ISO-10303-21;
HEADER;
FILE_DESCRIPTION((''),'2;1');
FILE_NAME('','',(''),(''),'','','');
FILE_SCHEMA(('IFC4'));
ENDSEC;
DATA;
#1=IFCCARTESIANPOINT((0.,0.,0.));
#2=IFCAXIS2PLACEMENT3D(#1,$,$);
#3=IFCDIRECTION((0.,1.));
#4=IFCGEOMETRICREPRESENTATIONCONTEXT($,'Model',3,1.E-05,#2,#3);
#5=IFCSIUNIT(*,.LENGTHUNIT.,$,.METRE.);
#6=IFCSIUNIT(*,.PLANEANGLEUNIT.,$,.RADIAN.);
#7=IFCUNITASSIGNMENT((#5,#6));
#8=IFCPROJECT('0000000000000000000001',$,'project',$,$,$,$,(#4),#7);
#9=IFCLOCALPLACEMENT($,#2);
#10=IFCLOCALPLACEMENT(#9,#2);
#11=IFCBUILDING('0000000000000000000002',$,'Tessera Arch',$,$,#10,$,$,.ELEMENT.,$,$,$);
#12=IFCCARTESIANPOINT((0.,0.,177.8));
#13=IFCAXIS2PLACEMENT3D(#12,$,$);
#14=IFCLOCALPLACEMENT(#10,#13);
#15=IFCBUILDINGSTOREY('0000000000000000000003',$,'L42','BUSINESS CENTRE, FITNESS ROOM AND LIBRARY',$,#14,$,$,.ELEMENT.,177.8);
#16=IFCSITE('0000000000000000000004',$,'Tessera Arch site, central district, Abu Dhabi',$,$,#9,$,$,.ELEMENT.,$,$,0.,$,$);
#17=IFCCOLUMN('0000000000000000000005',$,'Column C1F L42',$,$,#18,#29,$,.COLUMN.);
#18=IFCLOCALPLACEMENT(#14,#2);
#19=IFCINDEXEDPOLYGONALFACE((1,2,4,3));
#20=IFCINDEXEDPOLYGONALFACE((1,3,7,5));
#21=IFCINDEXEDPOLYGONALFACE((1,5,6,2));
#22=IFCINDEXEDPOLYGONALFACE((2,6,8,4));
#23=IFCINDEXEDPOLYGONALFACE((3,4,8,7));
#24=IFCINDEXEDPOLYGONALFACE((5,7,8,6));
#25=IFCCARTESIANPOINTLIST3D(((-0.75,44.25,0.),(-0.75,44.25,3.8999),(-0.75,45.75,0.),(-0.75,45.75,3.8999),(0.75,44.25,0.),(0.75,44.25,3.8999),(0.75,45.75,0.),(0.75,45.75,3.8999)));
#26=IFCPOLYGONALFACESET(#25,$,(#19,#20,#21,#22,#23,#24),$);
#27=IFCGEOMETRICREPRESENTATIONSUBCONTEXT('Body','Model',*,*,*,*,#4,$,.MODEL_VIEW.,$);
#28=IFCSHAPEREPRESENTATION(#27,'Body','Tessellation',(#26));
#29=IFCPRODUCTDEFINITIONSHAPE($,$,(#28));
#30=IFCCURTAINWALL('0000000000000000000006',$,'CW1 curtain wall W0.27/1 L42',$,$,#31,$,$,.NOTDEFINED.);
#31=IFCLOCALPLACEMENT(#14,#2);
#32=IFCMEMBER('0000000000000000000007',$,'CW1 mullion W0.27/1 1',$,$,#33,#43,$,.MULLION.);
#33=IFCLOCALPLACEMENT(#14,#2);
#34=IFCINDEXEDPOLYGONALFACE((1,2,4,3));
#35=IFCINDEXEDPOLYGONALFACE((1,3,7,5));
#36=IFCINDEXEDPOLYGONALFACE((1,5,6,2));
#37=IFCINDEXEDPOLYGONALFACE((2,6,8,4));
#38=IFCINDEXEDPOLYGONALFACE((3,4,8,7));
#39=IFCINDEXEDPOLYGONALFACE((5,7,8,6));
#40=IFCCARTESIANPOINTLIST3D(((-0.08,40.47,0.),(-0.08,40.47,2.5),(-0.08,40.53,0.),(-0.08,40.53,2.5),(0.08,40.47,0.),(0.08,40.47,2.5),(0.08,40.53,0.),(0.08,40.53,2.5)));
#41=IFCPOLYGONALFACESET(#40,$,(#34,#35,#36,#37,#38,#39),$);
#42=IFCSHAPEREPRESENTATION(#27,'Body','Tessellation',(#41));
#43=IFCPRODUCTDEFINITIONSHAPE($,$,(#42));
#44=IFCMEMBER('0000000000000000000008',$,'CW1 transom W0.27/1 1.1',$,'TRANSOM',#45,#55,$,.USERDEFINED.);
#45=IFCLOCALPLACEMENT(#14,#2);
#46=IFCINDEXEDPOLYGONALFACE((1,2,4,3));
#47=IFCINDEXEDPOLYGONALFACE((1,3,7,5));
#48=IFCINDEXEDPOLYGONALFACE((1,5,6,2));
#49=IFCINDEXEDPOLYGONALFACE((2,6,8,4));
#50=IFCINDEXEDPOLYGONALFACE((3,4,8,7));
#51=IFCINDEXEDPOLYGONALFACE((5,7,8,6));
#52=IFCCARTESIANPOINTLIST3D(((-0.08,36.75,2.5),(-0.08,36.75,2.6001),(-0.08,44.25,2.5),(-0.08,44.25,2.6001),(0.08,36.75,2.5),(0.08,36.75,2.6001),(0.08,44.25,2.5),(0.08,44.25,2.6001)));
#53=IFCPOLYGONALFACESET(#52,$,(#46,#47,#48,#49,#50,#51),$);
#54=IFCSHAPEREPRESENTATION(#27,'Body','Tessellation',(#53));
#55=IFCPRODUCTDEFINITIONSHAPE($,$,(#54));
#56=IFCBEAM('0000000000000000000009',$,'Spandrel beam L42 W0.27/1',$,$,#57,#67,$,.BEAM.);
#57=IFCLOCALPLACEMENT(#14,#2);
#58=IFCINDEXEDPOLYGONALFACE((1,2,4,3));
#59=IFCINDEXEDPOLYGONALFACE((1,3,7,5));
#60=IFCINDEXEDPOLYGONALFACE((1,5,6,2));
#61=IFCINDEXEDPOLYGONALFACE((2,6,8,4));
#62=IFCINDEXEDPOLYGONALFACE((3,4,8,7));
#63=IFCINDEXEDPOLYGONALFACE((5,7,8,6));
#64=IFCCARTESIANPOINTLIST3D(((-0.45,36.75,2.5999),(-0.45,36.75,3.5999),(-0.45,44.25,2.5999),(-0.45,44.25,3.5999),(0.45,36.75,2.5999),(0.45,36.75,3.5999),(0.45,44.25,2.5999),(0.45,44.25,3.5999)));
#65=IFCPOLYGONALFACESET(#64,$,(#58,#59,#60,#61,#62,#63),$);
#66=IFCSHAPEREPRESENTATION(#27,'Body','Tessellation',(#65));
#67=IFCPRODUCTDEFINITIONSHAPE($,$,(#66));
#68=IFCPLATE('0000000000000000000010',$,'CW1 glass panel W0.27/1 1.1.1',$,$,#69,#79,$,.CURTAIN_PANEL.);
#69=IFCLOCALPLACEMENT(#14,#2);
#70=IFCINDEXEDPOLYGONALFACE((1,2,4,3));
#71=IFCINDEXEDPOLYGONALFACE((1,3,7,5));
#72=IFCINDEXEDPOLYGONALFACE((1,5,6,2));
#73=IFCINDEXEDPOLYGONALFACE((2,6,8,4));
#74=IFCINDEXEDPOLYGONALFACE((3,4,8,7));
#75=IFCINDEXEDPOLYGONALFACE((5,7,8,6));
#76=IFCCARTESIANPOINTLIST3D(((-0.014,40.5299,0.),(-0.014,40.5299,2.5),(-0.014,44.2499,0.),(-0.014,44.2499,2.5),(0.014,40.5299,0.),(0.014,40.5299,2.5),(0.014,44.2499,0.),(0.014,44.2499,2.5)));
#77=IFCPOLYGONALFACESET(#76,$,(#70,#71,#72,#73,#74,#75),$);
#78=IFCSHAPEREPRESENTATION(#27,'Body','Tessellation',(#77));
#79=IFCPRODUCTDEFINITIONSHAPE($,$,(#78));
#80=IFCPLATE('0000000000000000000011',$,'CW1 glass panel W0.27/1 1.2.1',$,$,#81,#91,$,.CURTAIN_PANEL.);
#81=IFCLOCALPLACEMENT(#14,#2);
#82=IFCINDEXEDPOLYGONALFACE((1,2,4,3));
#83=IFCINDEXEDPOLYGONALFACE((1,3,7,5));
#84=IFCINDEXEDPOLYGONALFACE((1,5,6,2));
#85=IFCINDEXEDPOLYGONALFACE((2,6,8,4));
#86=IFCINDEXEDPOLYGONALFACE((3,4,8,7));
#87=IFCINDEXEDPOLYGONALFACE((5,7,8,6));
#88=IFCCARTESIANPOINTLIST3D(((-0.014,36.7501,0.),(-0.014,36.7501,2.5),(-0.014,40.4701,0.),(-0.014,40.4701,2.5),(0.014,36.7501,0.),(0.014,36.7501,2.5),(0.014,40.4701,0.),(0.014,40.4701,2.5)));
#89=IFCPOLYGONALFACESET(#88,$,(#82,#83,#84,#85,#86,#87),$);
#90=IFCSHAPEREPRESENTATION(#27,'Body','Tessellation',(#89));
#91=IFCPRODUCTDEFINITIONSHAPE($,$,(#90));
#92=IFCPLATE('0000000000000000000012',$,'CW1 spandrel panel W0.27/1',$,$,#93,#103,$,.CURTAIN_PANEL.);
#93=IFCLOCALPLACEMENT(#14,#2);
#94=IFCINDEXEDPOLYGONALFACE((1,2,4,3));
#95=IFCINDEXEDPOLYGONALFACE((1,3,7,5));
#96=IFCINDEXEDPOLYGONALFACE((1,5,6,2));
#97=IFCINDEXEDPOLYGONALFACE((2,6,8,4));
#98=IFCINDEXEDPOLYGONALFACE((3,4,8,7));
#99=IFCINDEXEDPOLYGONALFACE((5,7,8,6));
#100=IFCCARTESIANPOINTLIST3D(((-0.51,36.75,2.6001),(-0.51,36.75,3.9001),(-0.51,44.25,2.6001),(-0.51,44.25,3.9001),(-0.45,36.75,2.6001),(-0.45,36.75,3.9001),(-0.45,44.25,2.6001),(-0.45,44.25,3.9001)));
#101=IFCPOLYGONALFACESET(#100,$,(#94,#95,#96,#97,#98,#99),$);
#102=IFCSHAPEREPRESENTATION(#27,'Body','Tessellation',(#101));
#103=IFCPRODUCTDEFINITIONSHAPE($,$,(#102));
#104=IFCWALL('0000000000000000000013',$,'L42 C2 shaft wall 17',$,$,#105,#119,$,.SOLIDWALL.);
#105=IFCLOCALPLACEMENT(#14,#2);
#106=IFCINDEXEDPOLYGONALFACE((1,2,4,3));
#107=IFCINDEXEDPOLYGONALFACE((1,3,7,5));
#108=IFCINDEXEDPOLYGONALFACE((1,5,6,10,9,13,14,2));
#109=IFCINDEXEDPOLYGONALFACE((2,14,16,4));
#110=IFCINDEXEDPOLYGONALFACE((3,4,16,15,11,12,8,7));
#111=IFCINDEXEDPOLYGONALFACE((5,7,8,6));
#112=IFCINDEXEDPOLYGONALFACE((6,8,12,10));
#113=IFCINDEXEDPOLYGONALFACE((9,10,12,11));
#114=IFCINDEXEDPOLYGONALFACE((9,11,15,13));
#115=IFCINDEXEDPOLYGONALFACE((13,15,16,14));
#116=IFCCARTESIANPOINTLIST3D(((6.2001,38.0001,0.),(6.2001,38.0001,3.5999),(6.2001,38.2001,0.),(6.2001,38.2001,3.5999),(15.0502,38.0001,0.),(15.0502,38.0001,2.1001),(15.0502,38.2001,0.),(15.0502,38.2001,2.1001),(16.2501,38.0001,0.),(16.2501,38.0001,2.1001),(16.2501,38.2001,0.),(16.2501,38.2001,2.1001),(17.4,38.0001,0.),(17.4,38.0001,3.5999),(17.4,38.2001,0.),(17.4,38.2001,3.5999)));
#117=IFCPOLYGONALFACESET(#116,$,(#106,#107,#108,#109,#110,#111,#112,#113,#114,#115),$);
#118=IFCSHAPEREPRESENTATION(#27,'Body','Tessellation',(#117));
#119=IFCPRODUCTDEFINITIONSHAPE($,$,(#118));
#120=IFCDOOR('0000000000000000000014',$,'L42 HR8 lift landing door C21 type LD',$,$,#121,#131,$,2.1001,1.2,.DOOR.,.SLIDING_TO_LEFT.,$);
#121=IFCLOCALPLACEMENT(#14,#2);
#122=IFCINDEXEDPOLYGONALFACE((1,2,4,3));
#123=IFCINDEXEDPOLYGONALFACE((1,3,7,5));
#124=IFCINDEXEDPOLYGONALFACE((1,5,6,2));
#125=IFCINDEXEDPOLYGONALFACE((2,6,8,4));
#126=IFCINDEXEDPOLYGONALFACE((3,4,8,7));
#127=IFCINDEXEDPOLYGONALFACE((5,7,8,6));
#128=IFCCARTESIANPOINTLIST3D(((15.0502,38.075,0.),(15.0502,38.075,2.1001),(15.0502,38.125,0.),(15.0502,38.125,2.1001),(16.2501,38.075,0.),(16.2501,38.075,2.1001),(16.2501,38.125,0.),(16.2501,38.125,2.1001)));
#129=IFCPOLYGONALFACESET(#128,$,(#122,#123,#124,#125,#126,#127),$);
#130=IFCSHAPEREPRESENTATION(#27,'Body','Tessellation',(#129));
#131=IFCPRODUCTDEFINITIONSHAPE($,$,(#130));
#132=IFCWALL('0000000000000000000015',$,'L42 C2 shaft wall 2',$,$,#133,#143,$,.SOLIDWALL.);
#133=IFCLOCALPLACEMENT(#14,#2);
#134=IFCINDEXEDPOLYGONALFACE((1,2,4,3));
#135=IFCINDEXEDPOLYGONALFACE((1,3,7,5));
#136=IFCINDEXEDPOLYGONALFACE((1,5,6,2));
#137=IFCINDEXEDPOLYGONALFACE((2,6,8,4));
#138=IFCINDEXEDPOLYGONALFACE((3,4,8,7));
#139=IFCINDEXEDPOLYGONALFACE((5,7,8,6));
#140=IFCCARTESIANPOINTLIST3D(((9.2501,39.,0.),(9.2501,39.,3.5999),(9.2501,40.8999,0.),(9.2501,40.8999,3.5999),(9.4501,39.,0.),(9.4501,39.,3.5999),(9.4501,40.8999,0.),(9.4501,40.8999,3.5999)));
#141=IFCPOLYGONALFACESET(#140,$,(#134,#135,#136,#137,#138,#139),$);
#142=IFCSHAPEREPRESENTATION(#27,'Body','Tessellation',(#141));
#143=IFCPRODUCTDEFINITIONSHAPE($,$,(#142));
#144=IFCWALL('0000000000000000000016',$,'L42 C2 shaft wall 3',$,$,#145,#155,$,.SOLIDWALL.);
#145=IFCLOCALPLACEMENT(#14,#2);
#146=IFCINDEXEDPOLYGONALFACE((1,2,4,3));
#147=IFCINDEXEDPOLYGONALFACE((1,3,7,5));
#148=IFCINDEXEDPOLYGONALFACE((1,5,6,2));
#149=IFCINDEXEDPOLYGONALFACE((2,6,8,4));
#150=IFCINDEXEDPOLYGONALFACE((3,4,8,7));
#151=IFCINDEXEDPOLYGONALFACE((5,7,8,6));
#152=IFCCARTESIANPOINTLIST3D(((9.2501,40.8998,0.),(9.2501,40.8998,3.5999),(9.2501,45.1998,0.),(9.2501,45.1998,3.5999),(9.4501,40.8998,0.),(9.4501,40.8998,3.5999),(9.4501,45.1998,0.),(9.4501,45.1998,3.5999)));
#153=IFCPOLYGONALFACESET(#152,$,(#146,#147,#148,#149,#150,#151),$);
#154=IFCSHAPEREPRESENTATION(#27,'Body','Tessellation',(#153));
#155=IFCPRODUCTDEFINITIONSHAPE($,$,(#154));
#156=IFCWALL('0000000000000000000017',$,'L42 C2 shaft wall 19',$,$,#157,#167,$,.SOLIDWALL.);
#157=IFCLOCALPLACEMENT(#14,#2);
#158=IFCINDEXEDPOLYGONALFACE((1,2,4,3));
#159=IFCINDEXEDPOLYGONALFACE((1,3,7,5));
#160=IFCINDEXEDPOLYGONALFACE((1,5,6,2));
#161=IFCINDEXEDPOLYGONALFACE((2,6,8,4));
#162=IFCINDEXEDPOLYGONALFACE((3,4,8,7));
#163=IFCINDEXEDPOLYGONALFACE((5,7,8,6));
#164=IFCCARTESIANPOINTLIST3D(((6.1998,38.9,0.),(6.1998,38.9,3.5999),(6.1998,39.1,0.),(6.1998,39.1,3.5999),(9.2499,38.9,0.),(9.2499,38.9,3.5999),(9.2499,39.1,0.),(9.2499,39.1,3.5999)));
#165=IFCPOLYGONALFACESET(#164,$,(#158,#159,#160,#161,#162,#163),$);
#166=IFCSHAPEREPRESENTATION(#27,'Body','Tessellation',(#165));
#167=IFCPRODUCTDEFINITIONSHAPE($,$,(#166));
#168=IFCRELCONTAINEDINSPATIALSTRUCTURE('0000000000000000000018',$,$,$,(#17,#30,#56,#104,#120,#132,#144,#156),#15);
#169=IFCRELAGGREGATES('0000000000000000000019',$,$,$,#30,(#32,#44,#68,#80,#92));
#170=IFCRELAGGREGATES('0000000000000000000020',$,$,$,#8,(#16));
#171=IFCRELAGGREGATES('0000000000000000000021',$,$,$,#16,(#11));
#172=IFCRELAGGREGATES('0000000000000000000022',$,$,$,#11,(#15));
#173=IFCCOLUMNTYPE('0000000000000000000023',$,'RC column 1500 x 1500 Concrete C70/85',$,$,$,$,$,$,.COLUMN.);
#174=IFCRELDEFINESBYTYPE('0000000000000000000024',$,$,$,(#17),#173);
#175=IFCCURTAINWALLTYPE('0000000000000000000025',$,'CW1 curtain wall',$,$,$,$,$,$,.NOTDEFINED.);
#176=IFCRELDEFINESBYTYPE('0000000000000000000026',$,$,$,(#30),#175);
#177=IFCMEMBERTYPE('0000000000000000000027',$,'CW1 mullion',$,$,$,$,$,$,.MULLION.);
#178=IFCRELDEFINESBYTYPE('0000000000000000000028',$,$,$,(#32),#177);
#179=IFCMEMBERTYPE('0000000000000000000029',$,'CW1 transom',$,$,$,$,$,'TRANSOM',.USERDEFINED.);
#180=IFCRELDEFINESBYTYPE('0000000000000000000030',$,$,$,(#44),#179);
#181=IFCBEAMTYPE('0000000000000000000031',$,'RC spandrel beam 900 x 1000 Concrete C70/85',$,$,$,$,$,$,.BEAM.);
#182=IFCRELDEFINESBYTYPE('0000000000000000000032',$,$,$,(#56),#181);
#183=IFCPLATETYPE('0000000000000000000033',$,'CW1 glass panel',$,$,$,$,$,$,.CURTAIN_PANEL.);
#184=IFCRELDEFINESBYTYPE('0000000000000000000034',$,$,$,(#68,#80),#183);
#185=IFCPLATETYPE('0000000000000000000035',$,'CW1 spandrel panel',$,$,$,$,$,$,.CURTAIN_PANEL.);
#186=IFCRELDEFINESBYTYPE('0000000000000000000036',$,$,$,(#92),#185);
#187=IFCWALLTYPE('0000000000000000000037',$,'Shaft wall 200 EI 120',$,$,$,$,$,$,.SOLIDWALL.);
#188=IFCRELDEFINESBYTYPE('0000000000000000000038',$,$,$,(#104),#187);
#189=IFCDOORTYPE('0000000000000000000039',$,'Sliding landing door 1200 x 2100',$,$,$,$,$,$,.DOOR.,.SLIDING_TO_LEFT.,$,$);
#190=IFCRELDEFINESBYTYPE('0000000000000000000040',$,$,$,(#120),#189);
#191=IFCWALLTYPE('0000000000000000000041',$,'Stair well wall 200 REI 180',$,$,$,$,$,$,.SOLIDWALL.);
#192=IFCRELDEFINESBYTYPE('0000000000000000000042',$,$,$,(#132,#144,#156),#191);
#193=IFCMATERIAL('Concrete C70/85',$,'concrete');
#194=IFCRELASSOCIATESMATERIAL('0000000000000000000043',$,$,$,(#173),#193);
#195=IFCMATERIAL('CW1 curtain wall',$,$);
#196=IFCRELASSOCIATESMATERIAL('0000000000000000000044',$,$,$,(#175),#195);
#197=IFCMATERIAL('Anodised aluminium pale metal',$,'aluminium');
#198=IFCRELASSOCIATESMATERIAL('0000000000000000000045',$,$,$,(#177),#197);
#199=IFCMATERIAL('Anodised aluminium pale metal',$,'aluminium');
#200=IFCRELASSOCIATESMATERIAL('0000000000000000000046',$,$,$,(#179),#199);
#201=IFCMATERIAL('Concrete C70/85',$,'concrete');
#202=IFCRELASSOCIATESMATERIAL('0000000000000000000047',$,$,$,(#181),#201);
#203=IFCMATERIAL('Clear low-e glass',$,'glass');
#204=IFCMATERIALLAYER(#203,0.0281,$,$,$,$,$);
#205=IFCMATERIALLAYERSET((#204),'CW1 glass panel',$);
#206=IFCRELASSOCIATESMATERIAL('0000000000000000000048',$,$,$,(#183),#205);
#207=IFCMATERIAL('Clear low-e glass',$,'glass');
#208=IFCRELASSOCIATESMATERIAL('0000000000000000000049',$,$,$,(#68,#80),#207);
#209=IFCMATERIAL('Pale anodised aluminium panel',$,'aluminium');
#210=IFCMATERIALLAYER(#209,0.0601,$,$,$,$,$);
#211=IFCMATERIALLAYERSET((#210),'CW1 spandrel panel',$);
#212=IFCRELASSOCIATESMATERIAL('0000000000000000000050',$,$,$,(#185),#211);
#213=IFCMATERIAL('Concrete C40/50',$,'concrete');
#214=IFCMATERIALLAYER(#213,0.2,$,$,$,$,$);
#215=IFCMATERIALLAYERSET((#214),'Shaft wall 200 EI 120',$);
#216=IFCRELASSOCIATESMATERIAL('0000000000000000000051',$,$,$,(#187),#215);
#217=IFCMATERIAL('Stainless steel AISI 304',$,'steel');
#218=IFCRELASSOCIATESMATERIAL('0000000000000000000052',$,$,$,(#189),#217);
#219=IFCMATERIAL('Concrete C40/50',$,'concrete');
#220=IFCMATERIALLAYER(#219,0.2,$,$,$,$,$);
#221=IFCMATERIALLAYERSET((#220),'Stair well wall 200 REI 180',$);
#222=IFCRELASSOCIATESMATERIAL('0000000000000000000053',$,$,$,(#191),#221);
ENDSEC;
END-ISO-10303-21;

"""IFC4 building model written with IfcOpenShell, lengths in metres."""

from ifc_helpers import new_model, si_unit, direction, frame, frame_2d, origin, origin_2d, place, context, subcontext, project, spatial, rectangle, extrude, material, layer, layer_set, material_profile, profile_set, type_object, element, fill, aggregate, save


model = new_model("IFC4")

# Units and contexts
model_context = context("Model", 3, precision=1e-05, world=origin(), true_north=direction((0.0, 1.0)))
body_context = subcontext(model_context, "Body", "Model", "MODEL_VIEW")
ifc_project = project(units=[si_unit("LENGTHUNIT", "METRE"), si_unit("PLANEANGLEUNIT", "RADIAN")], contexts=[model_context])

# Site, building, storey
site_placement = place(None, origin())
site = spatial("IfcSite", under=ifc_project, at=site_placement, Name="Tessera Arch site, central district, Abu Dhabi", CompositionType="ELEMENT", RefElevation=0.0)
building_placement = place(site_placement, origin())
building = spatial("IfcBuilding", under=site, at=building_placement, Name="Tessera Arch", CompositionType="ELEMENT")
storey_placement = place(building_placement, frame((0.0, 0.0, 177.8)))
storey = spatial("IfcBuildingStorey", under=building, at=storey_placement, Name="L42", Description="BUSINESS CENTRE, FITNESS ROOM AND LIBRARY", CompositionType="ELEMENT", Elevation=177.8)

# Column
ifc_material_1 = material(Name="Concrete C70/85", Category="concrete")
ifc_material_profile_1 = material_profile(ifc_material_1, rectangle(XDim=1.5, YDim=1.5, at=origin_2d()), Name="RC column 1500 x 1500 Concrete C70/85")
ifc_profile_set_1 = profile_set([ifc_material_profile_1], Name="Concrete C70/85")
column_type = type_object("IfcColumnType", Name="RC column 1500 x 1500 Concrete C70/85", PredefinedType="COLUMN", material=ifc_profile_set_1)
column_placement = place(storey_placement, frame((0.0, 45.0, 0.0), z_axis=(0.0, 0.0, 1.0), x_axis=(1.0, 0.0, 0.0)))
element("IfcColumn", 1, at=column_placement, inside=storey, type_object=column_type, Name="Column C1F L42", PredefinedType="COLUMN", context=body_context, shape_type="SweptSolid", body=[
    extrude(rectangle(XDim=1.5, YDim=1.5, at=origin_2d()), origin(), (0.0, 0.0, 1.0), 3.8999),
])

# Curtain wall, members
ifc_material_2 = material(Name="CW1 curtain wall")
curtain_wall_type = type_object("IfcCurtainWallType", Name="CW1 curtain wall", PredefinedType="NOTDEFINED", material=ifc_material_2)
curtain_wall_placement = place(storey_placement, origin())
curtain_wall = element("IfcCurtainWall", 2, at=curtain_wall_placement, inside=storey, type_object=curtain_wall_type, Name="CW1 curtain wall W0.27/1 L42", PredefinedType="NOTDEFINED")
ifc_material_3 = material(Name="Anodised aluminium pale metal", Category="aluminium")
ifc_material_profile_2 = material_profile(ifc_material_3, rectangle(XDim=0.1599, YDim=0.0601, at=origin_2d()), Name="AL 60x160")
ifc_profile_set_2 = profile_set([ifc_material_profile_2], Name="Anodised aluminium pale metal")
member_type_1 = type_object("IfcMemberType", Name="CW1 mullion", PredefinedType="MULLION", material=ifc_profile_set_2)
member_1_placement = place(storey_placement, frame((0.0, 40.5, 0.0), z_axis=(0.0, 0.0, 1.0), x_axis=(1.0, 0.0, 0.0)))
member_1 = element("IfcMember", 3, at=member_1_placement, type_object=member_type_1, Name="CW1 mullion W0.27/1 1", PredefinedType="MULLION", context=body_context, shape_type="SweptSolid", body=[
    extrude(rectangle(XDim=0.1599, YDim=0.0601, at=origin_2d()), origin(), (0.0, 0.0, 1.0), 2.5),
])
ifc_material_4 = material(Name="Anodised aluminium pale metal", Category="aluminium")
ifc_material_profile_3 = material_profile(ifc_material_4, rectangle(XDim=0.1599, YDim=0.1001, at=origin_2d()), Name="AL 160x100")
ifc_profile_set_3 = profile_set([ifc_material_profile_3], Name="Anodised aluminium pale metal")
member_type_2 = type_object("IfcMemberType", Name="CW1 transom", ElementType="TRANSOM", PredefinedType="USERDEFINED", material=ifc_profile_set_3)
member_2_placement = place(storey_placement, frame((0.0, 44.25, 2.55), z_axis=(0.0, -1.0, 0.0), x_axis=(1.0, 0.0, 0.0)))
member_2 = element("IfcMember", 4, at=member_2_placement, type_object=member_type_2, Name="CW1 transom W0.27/1 1.1", ObjectType="TRANSOM", PredefinedType="USERDEFINED", context=body_context, shape_type="SweptSolid", body=[
    extrude(rectangle(XDim=0.1599, YDim=0.1001, at=origin_2d()), origin(), (0.0, 0.0, 1.0), 7.5),
])

# Beam
ifc_material_5 = material(Name="Concrete C70/85", Category="concrete")
ifc_material_profile_4 = material_profile(ifc_material_5, rectangle(XDim=0.8999, YDim=1.0, at=origin_2d()), Name="RC spandrel beam 900 x 1000 Concrete C70/85")
ifc_profile_set_4 = profile_set([ifc_material_profile_4], Name="Concrete C70/85")
beam_type = type_object("IfcBeamType", Name="RC spandrel beam 900 x 1000 Concrete C70/85", PredefinedType="BEAM", material=ifc_profile_set_4)
beam_placement = place(storey_placement, frame((0.0, 44.25, 3.0999), z_axis=(0.0, -1.0, 0.0), x_axis=(1.0, 0.0, 0.0)))
element("IfcBeam", 5, at=beam_placement, inside=storey, type_object=beam_type, Name="Spandrel beam L42 W0.27/1", PredefinedType="BEAM", context=body_context, shape_type="SweptSolid", body=[
    extrude(rectangle(XDim=0.8999, YDim=1.0, at=origin_2d()), origin(), (0.0, 0.0, 1.0), 7.5),
])

# Plates
ifc_material_6 = material(Name="Clear low-e glass", Category="glass")
ifc_material_7 = material(Name="Clear low-e glass", Category="glass")
ifc_layer_1 = layer(ifc_material_7, 0.0281)
ifc_layer_set_1 = layer_set([ifc_layer_1], Name="CW1 glass panel")
plate_type_1 = type_object("IfcPlateType", Name="CW1 glass panel", PredefinedType="CURTAIN_PANEL", material=ifc_layer_set_1)
plate_1_placement = place(storey_placement, frame((0.0, 42.3899, 0.0), z_axis=(0.0, 0.0, 1.0), x_axis=(0.0, -1.0, 0.0)))
plate_1 = element("IfcPlate", 6, at=plate_1_placement, type_object=plate_type_1, material=ifc_material_6, Name="CW1 glass panel W0.27/1 1.1.1", PredefinedType="CURTAIN_PANEL", context=body_context, shape_type="SweptSolid", body=[
    extrude(rectangle(XDim=3.72, YDim=0.0281, at=origin_2d()), origin(), (0.0, 0.0, 1.0), 2.5),
])
plate_2_placement = place(storey_placement, frame((0.0, 38.6101, 0.0), z_axis=(0.0, 0.0, 1.0), x_axis=(0.0, -1.0, 0.0)))
plate_2 = element("IfcPlate", 7, at=plate_2_placement, type_object=plate_type_1, material=ifc_material_6, Name="CW1 glass panel W0.27/1 1.2.1", PredefinedType="CURTAIN_PANEL", context=body_context, shape_type="SweptSolid", body=[
    extrude(rectangle(XDim=3.72, YDim=0.0281, at=origin_2d()), origin(), (0.0, 0.0, 1.0), 2.5),
])
ifc_material_8 = material(Name="Pale anodised aluminium panel", Category="aluminium")
ifc_layer_2 = layer(ifc_material_8, 0.0601)
ifc_layer_set_2 = layer_set([ifc_layer_2], Name="CW1 spandrel panel")
plate_type_2 = type_object("IfcPlateType", Name="CW1 spandrel panel", PredefinedType="CURTAIN_PANEL", material=ifc_layer_set_2)
plate_3_placement = place(storey_placement, frame((-0.48, 40.5, 2.6001), z_axis=(0.0, 0.0, 1.0), x_axis=(0.0, -1.0, 0.0)))
plate_3 = element("IfcPlate", 8, at=plate_3_placement, type_object=plate_type_2, Name="CW1 spandrel panel W0.27/1", PredefinedType="CURTAIN_PANEL", context=body_context, shape_type="SweptSolid", body=[
    extrude(rectangle(XDim=7.5, YDim=0.0601, at=origin_2d()), origin(), (0.0, 0.0, 1.0), 1.3),
])
aggregate(curtain_wall, [member_1, member_2, plate_1, plate_2, plate_3])

# Wall, opening, door
ifc_material_9 = material(Name="Concrete C40/50", Category="concrete")
ifc_layer_3 = layer(ifc_material_9, 0.2)
ifc_layer_set_3 = layer_set([ifc_layer_3], Name="Shaft wall 200 EI 120")
wall_type_1 = type_object("IfcWallType", Name="Shaft wall 200 EI 120", PredefinedType="SOLIDWALL", material=ifc_layer_set_3)
wall_1_placement = place(storey_placement, frame((6.2, 38.1001, 0.0), z_axis=(0.0, 0.0, 1.0), x_axis=(1.0, 0.0, 0.0)))
wall_1 = element("IfcWall", 9, at=wall_1_placement, inside=storey, type_object=wall_type_1, Name="L42 C2 shaft wall 17", PredefinedType="SOLIDWALL", context=body_context, shape_type="SweptSolid", body=[
    extrude(rectangle(XDim=11.2, YDim=0.2, at=frame_2d((5.6001, 0.0))), origin(), (0.0, 0.0, 1.0), 3.5999),
])
opening_placement = place(wall_1_placement, frame((8.8501, 0.0, 0.0)))
opening = element("IfcOpeningElement", 10, at=opening_placement, cuts=wall_1, PredefinedType="OPENING", context=body_context, shape_type="SweptSolid", body=[
    extrude(rectangle(XDim=1.2, YDim=2.1001, at=frame_2d((0.6001, 1.05))), frame((0.0, 0.1099, 0.0), z_axis=(0.0, -1.0, 0.0), x_axis=(1.0, 0.0, 0.0)), (0.0, 0.0, 1.0), 0.22),
])
ifc_material_10 = material(Name="Stainless steel AISI 304", Category="steel")
door_type = type_object("IfcDoorType", Name="Sliding landing door 1200 x 2100", OperationType="SLIDING_TO_LEFT", PredefinedType="DOOR", material=ifc_material_10)
door_placement = place(opening_placement, origin())
door = element("IfcDoor", 11, at=door_placement, inside=storey, type_object=door_type, Name="L42 HR8 lift landing door C21 type LD", OperationType="SLIDING_TO_LEFT", OverallHeight=2.1001, OverallWidth=1.2, PredefinedType="DOOR", context=body_context, shape_type="SweptSolid", body=[
    extrude(rectangle(XDim=1.2, YDim=2.1001, at=frame_2d((0.6001, 1.05))), frame((0.0, 0.0249, 0.0), z_axis=(0.0, -1.0, 0.0), x_axis=(1.0, 0.0, 0.0)), (0.0, 0.0, 1.0), 0.05),
])
fill(opening, door)

# Walls
ifc_material_11 = material(Name="Concrete C40/50", Category="concrete")
ifc_layer_4 = layer(ifc_material_11, 0.2)
ifc_layer_set_4 = layer_set([ifc_layer_4], Name="Stair well wall 200 REI 180")
wall_type_2 = type_object("IfcWallType", Name="Stair well wall 200 REI 180", PredefinedType="SOLIDWALL", material=ifc_layer_set_4)
wall_2_placement = place(storey_placement, frame((9.3501, 39.0, 0.0), z_axis=(0.0, 0.0, 1.0), x_axis=(0.0, 1.0, 0.0)))
element("IfcWall", 12, at=wall_2_placement, inside=storey, type_object=wall_type_2, Name="L42 C2 shaft wall 2", PredefinedType="SOLIDWALL", context=body_context, shape_type="SweptSolid", body=[
    extrude(rectangle(XDim=1.8999, YDim=0.2, at=frame_2d((0.95, 0.0))), origin(), (0.0, 0.0, 1.0), 3.5999),
])
wall_3_placement = place(storey_placement, frame((9.3501, 40.8999, 0.0), z_axis=(0.0, 0.0, 1.0), x_axis=(0.0, 1.0, 0.0)))
element("IfcWall", 13, at=wall_3_placement, inside=storey, type_object=wall_type_2, Name="L42 C2 shaft wall 3", PredefinedType="SOLIDWALL", context=body_context, shape_type="SweptSolid", body=[
    extrude(rectangle(XDim=4.3, YDim=0.2, at=frame_2d((2.1499, 0.0))), origin(), (0.0, 0.0, 1.0), 3.5999),
])
wall_4_placement = place(storey_placement, frame((6.2, 39.0, 0.0), z_axis=(0.0, 0.0, 1.0), x_axis=(1.0, 0.0, 0.0)))
element("IfcWall", 14, at=wall_4_placement, inside=storey, type_object=wall_type_2, Name="L42 C2 shaft wall 19", PredefinedType="SOLIDWALL", context=body_context, shape_type="SweptSolid", body=[
    extrude(rectangle(XDim=3.05, YDim=0.2, at=frame_2d((1.5249, 0.0))), origin(), (0.0, 0.0, 1.0), 3.5999),
])

save(model, "model.ifc")
